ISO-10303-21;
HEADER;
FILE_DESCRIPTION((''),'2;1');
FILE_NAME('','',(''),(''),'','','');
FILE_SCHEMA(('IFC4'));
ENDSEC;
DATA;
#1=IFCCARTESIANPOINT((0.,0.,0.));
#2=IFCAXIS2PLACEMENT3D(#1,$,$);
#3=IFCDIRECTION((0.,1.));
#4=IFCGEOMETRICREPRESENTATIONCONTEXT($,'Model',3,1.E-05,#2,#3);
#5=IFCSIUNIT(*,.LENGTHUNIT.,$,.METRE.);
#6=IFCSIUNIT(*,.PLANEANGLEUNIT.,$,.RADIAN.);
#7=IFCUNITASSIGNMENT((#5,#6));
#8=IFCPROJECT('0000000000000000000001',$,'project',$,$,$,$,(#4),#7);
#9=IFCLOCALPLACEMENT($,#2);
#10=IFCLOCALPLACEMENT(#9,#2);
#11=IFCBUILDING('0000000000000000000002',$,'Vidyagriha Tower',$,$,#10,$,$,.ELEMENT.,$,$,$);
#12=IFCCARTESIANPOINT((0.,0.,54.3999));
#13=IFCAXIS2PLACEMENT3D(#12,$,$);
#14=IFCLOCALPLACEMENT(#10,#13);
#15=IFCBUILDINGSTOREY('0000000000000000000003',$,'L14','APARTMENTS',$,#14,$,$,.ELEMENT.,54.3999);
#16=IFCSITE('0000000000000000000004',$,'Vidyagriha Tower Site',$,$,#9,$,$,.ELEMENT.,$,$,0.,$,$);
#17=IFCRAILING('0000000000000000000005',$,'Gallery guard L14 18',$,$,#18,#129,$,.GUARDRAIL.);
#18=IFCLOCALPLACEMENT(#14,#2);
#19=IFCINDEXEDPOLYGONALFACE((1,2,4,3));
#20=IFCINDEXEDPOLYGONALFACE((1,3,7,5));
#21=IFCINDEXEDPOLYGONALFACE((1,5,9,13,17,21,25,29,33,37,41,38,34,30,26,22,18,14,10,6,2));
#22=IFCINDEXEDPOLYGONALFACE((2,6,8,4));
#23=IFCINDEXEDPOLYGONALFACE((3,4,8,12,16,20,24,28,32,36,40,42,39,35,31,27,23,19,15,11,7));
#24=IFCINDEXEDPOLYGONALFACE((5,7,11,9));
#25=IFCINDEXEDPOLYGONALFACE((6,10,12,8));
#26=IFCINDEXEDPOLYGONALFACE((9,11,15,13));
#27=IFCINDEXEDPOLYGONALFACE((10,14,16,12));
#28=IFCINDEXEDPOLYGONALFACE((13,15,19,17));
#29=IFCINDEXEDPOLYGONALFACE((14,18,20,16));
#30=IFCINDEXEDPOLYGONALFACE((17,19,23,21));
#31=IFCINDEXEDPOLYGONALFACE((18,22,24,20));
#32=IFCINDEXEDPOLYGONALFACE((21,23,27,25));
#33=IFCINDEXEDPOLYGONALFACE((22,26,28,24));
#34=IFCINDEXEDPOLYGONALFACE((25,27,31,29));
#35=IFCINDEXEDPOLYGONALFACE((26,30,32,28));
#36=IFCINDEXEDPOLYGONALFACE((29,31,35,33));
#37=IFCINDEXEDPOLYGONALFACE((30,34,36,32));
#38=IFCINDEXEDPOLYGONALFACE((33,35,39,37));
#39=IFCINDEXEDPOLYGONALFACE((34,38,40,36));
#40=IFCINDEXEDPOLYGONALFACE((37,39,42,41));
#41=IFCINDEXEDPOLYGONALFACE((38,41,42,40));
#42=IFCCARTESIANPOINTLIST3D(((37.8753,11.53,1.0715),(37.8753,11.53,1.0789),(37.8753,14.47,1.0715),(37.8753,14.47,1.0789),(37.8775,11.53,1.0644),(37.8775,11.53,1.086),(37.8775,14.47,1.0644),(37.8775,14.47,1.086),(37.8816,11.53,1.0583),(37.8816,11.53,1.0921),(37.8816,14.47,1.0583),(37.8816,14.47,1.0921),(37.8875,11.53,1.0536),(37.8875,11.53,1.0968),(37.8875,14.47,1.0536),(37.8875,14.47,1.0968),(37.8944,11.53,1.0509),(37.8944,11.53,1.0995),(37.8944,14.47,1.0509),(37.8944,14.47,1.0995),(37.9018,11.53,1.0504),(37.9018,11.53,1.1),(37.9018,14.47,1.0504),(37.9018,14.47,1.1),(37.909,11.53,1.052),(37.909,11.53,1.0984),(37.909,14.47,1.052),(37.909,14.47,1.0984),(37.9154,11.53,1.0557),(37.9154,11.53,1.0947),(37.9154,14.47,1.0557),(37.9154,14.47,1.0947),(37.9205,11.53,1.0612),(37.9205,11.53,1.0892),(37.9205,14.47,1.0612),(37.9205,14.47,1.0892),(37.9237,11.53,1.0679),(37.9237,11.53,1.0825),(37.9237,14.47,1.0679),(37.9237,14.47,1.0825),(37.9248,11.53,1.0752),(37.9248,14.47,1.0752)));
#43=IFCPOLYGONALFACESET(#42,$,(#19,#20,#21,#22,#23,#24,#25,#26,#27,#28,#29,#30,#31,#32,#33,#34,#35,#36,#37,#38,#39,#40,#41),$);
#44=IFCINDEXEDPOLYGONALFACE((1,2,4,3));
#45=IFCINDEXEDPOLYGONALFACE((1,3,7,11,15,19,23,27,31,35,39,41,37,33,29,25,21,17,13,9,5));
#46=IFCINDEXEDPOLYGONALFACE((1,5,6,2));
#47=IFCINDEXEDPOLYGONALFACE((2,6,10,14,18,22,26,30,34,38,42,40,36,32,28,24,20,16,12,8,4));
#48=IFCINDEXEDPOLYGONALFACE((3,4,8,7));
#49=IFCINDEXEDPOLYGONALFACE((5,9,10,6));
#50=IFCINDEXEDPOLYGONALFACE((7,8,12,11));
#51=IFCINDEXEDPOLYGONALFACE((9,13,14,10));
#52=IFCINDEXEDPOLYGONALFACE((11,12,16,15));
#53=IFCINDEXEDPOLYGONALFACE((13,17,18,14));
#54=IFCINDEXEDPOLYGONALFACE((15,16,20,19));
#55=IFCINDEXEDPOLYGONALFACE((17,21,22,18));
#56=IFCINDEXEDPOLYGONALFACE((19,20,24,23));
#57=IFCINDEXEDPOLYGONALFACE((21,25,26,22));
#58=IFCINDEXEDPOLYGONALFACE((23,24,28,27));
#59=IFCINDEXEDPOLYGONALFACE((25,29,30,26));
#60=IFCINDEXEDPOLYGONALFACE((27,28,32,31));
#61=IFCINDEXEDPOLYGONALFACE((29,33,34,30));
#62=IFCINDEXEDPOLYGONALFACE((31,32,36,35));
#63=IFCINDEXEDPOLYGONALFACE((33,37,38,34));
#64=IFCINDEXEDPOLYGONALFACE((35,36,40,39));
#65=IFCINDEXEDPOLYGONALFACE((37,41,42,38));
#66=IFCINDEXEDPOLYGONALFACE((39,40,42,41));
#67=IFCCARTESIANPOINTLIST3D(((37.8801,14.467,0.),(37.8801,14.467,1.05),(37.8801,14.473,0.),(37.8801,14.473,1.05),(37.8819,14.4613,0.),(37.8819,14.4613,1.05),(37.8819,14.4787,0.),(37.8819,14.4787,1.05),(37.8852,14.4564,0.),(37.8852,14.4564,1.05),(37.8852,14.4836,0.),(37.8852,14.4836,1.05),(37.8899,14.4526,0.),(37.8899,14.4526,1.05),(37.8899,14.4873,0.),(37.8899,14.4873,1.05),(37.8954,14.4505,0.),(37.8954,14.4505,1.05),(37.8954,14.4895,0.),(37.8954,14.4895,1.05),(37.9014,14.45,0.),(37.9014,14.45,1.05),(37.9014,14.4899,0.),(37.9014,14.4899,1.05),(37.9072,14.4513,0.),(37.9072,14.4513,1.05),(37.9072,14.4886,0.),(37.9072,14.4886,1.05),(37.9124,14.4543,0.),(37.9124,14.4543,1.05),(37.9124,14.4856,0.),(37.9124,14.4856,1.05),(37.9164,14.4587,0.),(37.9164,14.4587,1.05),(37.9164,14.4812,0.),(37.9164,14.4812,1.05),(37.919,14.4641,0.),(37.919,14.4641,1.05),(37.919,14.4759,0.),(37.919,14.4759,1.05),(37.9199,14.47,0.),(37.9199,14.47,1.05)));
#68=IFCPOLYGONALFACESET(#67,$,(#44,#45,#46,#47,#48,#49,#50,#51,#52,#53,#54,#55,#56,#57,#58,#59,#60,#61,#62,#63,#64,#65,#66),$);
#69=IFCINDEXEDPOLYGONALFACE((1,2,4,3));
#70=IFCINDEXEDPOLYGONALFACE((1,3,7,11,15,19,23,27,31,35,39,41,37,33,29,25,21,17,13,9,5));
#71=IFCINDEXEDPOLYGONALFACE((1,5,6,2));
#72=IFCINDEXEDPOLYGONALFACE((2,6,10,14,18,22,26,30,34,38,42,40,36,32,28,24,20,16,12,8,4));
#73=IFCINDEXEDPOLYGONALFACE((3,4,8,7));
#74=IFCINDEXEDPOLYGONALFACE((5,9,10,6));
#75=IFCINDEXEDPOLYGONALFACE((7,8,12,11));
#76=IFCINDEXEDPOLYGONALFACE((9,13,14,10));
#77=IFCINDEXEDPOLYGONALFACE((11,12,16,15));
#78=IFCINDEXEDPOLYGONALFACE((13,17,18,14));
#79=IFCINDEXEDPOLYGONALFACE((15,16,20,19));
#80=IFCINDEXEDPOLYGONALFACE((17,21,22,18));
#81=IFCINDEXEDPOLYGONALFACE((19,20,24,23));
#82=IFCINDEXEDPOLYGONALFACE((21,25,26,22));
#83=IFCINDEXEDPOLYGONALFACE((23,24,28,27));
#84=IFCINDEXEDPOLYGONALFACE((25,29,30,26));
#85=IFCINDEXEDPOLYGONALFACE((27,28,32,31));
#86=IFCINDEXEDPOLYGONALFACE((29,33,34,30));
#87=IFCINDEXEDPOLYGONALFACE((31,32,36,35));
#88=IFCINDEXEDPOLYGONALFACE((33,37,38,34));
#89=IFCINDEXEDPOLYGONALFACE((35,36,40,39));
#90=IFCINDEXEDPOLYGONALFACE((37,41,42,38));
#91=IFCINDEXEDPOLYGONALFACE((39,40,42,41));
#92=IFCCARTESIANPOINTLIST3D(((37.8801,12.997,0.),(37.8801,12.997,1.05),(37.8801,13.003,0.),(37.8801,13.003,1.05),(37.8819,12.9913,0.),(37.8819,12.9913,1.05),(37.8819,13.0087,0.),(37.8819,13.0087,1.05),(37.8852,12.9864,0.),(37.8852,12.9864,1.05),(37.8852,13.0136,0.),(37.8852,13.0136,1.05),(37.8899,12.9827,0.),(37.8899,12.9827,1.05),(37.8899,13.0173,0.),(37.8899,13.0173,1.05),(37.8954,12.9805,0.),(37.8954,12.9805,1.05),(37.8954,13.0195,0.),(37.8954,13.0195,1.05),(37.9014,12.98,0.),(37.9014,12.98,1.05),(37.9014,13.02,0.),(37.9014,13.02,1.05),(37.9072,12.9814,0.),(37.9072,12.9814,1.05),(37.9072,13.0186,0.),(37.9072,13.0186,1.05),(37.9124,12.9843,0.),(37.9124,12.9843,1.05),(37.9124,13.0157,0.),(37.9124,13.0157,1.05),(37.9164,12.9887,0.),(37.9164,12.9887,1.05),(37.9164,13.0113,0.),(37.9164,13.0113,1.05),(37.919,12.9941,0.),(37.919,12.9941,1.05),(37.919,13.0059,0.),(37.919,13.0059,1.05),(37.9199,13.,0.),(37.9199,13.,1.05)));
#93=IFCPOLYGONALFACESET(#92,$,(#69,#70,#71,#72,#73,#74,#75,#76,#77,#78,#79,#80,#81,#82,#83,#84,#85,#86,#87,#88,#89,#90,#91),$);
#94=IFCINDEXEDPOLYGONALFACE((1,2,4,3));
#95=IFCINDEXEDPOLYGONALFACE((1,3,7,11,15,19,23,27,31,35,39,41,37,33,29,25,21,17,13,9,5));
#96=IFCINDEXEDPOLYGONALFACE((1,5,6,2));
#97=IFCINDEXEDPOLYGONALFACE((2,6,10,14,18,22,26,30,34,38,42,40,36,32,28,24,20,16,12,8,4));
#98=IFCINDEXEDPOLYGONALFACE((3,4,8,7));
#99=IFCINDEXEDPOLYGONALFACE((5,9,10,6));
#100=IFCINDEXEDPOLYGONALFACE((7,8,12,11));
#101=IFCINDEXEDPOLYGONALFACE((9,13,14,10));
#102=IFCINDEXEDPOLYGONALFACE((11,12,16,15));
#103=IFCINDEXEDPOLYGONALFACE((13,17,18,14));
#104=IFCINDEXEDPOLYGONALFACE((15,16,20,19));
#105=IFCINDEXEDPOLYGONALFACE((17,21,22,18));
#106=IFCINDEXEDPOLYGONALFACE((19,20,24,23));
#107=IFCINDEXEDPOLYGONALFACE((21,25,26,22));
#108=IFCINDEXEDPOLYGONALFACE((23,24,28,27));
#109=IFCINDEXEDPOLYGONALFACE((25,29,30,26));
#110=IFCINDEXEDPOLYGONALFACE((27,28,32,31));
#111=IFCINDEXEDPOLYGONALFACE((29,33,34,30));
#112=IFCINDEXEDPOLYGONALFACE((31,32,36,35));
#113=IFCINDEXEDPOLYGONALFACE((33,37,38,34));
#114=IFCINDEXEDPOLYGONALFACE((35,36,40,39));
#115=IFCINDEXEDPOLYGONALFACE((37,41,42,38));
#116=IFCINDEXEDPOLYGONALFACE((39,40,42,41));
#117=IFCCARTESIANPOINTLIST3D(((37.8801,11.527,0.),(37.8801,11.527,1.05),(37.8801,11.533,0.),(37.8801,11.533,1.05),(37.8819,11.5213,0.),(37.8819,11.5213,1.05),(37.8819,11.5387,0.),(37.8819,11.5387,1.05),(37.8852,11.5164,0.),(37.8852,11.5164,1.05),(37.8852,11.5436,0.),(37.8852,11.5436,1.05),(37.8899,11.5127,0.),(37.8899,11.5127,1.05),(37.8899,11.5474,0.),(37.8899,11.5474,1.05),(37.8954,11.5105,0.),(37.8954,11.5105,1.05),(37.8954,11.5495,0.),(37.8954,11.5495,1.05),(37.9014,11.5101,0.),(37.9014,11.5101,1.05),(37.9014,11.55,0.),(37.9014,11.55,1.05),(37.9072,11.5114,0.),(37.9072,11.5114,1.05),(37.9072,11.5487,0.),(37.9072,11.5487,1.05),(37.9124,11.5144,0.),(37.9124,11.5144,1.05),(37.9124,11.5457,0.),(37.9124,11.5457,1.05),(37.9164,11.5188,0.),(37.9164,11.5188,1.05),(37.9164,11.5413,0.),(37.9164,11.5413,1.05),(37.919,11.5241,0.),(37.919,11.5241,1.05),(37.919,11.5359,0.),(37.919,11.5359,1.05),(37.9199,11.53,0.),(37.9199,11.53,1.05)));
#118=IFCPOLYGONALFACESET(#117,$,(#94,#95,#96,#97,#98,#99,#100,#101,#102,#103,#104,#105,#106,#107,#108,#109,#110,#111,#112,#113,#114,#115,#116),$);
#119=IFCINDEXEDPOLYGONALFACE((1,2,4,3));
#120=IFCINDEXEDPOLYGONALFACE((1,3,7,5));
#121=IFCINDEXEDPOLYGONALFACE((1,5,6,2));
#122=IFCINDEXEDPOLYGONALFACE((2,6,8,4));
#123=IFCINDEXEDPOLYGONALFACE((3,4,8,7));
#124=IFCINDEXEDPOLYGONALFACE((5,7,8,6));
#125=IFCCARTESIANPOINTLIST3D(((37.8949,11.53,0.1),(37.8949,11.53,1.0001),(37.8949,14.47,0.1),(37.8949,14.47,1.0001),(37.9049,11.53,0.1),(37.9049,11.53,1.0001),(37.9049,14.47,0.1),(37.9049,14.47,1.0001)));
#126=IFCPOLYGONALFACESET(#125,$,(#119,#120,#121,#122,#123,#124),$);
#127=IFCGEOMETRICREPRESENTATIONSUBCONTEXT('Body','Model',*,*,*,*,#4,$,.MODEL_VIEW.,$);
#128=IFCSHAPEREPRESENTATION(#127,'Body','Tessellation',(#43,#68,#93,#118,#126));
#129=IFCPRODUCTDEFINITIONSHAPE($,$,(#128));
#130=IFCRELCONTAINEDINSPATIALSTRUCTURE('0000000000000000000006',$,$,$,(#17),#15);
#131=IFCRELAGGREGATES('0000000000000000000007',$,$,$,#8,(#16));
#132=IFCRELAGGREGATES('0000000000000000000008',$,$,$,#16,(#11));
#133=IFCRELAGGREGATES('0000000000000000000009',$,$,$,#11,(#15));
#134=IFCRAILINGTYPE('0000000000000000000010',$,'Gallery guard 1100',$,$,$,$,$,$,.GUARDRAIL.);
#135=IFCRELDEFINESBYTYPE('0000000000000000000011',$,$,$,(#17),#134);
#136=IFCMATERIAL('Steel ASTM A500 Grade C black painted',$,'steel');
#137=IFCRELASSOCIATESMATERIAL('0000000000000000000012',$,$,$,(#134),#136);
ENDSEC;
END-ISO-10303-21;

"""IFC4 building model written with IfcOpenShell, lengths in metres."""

from ifc_helpers import new_model, si_unit, direction, frame, origin, origin_2d, place, context, subcontext, project, spatial, rectangle, circle, extrude, material, type_object, element, save


model = new_model("IFC4")

# Units and contexts
model_context = context("Model", 3, precision=1e-05, world=origin(), true_north=direction((0.0, 1.0)))
body_context = subcontext(model_context, "Body", "Model", "MODEL_VIEW")
ifc_project = project(units=[si_unit("LENGTHUNIT", "METRE"), si_unit("PLANEANGLEUNIT", "RADIAN")], contexts=[model_context])

# Site, building, storey
site_placement = place(None, origin())
site = spatial("IfcSite", under=ifc_project, at=site_placement, Name="Vidyagriha Tower Site", CompositionType="ELEMENT", RefElevation=0.0)
building_placement = place(site_placement, origin())
building = spatial("IfcBuilding", under=site, at=building_placement, Name="Vidyagriha Tower", CompositionType="ELEMENT")
storey_placement = place(building_placement, frame((0.0, 0.0, 54.3999)))
storey = spatial("IfcBuildingStorey", under=building, at=storey_placement, Name="L14", Description="APARTMENTS", CompositionType="ELEMENT", Elevation=54.3999)

# Railing
ifc_material_1 = material(Name="Steel ASTM A500 Grade C black painted", Category="steel")
railing_type = type_object("IfcRailingType", Name="Gallery guard 1100", PredefinedType="GUARDRAIL", material=ifc_material_1)
railing_placement = place(storey_placement, frame((37.8999, 14.47, 0.0)))
element("IfcRailing", 1, at=railing_placement, inside=storey, type_object=railing_type, Name="Gallery guard L14 18", PredefinedType="GUARDRAIL", context=body_context, shape_type="SweptSolid", body=[
    extrude(circle(Radius=0.0249, at=origin_2d()), frame((0.0, 0.0, 1.0752), z_axis=(0.0, -1.0, 0.0), x_axis=(1.0, 0.0, 0.0)), (0.0, 0.0, 1.0), 2.9399),
    extrude(circle(Radius=0.02, at=origin_2d()), origin(), (0.0, 0.0, 1.0), 1.05),
    extrude(circle(Radius=0.02, at=origin_2d()), frame((0.0, -1.47, 0.0)), (0.0, 0.0, 1.0), 1.05),
    extrude(circle(Radius=0.02, at=origin_2d()), frame((0.0, -2.9399, 0.0)), (0.0, 0.0, 1.0), 1.05),
    extrude(rectangle(XDim=0.01, YDim=0.9001, at=origin_2d()), frame((0.0, 0.0, 0.55), z_axis=(0.0, -1.0, 0.0), x_axis=(1.0, 0.0, 0.0)), (0.0, 0.0, 1.0), 2.9399),
])

save(model, "model.ifc")
